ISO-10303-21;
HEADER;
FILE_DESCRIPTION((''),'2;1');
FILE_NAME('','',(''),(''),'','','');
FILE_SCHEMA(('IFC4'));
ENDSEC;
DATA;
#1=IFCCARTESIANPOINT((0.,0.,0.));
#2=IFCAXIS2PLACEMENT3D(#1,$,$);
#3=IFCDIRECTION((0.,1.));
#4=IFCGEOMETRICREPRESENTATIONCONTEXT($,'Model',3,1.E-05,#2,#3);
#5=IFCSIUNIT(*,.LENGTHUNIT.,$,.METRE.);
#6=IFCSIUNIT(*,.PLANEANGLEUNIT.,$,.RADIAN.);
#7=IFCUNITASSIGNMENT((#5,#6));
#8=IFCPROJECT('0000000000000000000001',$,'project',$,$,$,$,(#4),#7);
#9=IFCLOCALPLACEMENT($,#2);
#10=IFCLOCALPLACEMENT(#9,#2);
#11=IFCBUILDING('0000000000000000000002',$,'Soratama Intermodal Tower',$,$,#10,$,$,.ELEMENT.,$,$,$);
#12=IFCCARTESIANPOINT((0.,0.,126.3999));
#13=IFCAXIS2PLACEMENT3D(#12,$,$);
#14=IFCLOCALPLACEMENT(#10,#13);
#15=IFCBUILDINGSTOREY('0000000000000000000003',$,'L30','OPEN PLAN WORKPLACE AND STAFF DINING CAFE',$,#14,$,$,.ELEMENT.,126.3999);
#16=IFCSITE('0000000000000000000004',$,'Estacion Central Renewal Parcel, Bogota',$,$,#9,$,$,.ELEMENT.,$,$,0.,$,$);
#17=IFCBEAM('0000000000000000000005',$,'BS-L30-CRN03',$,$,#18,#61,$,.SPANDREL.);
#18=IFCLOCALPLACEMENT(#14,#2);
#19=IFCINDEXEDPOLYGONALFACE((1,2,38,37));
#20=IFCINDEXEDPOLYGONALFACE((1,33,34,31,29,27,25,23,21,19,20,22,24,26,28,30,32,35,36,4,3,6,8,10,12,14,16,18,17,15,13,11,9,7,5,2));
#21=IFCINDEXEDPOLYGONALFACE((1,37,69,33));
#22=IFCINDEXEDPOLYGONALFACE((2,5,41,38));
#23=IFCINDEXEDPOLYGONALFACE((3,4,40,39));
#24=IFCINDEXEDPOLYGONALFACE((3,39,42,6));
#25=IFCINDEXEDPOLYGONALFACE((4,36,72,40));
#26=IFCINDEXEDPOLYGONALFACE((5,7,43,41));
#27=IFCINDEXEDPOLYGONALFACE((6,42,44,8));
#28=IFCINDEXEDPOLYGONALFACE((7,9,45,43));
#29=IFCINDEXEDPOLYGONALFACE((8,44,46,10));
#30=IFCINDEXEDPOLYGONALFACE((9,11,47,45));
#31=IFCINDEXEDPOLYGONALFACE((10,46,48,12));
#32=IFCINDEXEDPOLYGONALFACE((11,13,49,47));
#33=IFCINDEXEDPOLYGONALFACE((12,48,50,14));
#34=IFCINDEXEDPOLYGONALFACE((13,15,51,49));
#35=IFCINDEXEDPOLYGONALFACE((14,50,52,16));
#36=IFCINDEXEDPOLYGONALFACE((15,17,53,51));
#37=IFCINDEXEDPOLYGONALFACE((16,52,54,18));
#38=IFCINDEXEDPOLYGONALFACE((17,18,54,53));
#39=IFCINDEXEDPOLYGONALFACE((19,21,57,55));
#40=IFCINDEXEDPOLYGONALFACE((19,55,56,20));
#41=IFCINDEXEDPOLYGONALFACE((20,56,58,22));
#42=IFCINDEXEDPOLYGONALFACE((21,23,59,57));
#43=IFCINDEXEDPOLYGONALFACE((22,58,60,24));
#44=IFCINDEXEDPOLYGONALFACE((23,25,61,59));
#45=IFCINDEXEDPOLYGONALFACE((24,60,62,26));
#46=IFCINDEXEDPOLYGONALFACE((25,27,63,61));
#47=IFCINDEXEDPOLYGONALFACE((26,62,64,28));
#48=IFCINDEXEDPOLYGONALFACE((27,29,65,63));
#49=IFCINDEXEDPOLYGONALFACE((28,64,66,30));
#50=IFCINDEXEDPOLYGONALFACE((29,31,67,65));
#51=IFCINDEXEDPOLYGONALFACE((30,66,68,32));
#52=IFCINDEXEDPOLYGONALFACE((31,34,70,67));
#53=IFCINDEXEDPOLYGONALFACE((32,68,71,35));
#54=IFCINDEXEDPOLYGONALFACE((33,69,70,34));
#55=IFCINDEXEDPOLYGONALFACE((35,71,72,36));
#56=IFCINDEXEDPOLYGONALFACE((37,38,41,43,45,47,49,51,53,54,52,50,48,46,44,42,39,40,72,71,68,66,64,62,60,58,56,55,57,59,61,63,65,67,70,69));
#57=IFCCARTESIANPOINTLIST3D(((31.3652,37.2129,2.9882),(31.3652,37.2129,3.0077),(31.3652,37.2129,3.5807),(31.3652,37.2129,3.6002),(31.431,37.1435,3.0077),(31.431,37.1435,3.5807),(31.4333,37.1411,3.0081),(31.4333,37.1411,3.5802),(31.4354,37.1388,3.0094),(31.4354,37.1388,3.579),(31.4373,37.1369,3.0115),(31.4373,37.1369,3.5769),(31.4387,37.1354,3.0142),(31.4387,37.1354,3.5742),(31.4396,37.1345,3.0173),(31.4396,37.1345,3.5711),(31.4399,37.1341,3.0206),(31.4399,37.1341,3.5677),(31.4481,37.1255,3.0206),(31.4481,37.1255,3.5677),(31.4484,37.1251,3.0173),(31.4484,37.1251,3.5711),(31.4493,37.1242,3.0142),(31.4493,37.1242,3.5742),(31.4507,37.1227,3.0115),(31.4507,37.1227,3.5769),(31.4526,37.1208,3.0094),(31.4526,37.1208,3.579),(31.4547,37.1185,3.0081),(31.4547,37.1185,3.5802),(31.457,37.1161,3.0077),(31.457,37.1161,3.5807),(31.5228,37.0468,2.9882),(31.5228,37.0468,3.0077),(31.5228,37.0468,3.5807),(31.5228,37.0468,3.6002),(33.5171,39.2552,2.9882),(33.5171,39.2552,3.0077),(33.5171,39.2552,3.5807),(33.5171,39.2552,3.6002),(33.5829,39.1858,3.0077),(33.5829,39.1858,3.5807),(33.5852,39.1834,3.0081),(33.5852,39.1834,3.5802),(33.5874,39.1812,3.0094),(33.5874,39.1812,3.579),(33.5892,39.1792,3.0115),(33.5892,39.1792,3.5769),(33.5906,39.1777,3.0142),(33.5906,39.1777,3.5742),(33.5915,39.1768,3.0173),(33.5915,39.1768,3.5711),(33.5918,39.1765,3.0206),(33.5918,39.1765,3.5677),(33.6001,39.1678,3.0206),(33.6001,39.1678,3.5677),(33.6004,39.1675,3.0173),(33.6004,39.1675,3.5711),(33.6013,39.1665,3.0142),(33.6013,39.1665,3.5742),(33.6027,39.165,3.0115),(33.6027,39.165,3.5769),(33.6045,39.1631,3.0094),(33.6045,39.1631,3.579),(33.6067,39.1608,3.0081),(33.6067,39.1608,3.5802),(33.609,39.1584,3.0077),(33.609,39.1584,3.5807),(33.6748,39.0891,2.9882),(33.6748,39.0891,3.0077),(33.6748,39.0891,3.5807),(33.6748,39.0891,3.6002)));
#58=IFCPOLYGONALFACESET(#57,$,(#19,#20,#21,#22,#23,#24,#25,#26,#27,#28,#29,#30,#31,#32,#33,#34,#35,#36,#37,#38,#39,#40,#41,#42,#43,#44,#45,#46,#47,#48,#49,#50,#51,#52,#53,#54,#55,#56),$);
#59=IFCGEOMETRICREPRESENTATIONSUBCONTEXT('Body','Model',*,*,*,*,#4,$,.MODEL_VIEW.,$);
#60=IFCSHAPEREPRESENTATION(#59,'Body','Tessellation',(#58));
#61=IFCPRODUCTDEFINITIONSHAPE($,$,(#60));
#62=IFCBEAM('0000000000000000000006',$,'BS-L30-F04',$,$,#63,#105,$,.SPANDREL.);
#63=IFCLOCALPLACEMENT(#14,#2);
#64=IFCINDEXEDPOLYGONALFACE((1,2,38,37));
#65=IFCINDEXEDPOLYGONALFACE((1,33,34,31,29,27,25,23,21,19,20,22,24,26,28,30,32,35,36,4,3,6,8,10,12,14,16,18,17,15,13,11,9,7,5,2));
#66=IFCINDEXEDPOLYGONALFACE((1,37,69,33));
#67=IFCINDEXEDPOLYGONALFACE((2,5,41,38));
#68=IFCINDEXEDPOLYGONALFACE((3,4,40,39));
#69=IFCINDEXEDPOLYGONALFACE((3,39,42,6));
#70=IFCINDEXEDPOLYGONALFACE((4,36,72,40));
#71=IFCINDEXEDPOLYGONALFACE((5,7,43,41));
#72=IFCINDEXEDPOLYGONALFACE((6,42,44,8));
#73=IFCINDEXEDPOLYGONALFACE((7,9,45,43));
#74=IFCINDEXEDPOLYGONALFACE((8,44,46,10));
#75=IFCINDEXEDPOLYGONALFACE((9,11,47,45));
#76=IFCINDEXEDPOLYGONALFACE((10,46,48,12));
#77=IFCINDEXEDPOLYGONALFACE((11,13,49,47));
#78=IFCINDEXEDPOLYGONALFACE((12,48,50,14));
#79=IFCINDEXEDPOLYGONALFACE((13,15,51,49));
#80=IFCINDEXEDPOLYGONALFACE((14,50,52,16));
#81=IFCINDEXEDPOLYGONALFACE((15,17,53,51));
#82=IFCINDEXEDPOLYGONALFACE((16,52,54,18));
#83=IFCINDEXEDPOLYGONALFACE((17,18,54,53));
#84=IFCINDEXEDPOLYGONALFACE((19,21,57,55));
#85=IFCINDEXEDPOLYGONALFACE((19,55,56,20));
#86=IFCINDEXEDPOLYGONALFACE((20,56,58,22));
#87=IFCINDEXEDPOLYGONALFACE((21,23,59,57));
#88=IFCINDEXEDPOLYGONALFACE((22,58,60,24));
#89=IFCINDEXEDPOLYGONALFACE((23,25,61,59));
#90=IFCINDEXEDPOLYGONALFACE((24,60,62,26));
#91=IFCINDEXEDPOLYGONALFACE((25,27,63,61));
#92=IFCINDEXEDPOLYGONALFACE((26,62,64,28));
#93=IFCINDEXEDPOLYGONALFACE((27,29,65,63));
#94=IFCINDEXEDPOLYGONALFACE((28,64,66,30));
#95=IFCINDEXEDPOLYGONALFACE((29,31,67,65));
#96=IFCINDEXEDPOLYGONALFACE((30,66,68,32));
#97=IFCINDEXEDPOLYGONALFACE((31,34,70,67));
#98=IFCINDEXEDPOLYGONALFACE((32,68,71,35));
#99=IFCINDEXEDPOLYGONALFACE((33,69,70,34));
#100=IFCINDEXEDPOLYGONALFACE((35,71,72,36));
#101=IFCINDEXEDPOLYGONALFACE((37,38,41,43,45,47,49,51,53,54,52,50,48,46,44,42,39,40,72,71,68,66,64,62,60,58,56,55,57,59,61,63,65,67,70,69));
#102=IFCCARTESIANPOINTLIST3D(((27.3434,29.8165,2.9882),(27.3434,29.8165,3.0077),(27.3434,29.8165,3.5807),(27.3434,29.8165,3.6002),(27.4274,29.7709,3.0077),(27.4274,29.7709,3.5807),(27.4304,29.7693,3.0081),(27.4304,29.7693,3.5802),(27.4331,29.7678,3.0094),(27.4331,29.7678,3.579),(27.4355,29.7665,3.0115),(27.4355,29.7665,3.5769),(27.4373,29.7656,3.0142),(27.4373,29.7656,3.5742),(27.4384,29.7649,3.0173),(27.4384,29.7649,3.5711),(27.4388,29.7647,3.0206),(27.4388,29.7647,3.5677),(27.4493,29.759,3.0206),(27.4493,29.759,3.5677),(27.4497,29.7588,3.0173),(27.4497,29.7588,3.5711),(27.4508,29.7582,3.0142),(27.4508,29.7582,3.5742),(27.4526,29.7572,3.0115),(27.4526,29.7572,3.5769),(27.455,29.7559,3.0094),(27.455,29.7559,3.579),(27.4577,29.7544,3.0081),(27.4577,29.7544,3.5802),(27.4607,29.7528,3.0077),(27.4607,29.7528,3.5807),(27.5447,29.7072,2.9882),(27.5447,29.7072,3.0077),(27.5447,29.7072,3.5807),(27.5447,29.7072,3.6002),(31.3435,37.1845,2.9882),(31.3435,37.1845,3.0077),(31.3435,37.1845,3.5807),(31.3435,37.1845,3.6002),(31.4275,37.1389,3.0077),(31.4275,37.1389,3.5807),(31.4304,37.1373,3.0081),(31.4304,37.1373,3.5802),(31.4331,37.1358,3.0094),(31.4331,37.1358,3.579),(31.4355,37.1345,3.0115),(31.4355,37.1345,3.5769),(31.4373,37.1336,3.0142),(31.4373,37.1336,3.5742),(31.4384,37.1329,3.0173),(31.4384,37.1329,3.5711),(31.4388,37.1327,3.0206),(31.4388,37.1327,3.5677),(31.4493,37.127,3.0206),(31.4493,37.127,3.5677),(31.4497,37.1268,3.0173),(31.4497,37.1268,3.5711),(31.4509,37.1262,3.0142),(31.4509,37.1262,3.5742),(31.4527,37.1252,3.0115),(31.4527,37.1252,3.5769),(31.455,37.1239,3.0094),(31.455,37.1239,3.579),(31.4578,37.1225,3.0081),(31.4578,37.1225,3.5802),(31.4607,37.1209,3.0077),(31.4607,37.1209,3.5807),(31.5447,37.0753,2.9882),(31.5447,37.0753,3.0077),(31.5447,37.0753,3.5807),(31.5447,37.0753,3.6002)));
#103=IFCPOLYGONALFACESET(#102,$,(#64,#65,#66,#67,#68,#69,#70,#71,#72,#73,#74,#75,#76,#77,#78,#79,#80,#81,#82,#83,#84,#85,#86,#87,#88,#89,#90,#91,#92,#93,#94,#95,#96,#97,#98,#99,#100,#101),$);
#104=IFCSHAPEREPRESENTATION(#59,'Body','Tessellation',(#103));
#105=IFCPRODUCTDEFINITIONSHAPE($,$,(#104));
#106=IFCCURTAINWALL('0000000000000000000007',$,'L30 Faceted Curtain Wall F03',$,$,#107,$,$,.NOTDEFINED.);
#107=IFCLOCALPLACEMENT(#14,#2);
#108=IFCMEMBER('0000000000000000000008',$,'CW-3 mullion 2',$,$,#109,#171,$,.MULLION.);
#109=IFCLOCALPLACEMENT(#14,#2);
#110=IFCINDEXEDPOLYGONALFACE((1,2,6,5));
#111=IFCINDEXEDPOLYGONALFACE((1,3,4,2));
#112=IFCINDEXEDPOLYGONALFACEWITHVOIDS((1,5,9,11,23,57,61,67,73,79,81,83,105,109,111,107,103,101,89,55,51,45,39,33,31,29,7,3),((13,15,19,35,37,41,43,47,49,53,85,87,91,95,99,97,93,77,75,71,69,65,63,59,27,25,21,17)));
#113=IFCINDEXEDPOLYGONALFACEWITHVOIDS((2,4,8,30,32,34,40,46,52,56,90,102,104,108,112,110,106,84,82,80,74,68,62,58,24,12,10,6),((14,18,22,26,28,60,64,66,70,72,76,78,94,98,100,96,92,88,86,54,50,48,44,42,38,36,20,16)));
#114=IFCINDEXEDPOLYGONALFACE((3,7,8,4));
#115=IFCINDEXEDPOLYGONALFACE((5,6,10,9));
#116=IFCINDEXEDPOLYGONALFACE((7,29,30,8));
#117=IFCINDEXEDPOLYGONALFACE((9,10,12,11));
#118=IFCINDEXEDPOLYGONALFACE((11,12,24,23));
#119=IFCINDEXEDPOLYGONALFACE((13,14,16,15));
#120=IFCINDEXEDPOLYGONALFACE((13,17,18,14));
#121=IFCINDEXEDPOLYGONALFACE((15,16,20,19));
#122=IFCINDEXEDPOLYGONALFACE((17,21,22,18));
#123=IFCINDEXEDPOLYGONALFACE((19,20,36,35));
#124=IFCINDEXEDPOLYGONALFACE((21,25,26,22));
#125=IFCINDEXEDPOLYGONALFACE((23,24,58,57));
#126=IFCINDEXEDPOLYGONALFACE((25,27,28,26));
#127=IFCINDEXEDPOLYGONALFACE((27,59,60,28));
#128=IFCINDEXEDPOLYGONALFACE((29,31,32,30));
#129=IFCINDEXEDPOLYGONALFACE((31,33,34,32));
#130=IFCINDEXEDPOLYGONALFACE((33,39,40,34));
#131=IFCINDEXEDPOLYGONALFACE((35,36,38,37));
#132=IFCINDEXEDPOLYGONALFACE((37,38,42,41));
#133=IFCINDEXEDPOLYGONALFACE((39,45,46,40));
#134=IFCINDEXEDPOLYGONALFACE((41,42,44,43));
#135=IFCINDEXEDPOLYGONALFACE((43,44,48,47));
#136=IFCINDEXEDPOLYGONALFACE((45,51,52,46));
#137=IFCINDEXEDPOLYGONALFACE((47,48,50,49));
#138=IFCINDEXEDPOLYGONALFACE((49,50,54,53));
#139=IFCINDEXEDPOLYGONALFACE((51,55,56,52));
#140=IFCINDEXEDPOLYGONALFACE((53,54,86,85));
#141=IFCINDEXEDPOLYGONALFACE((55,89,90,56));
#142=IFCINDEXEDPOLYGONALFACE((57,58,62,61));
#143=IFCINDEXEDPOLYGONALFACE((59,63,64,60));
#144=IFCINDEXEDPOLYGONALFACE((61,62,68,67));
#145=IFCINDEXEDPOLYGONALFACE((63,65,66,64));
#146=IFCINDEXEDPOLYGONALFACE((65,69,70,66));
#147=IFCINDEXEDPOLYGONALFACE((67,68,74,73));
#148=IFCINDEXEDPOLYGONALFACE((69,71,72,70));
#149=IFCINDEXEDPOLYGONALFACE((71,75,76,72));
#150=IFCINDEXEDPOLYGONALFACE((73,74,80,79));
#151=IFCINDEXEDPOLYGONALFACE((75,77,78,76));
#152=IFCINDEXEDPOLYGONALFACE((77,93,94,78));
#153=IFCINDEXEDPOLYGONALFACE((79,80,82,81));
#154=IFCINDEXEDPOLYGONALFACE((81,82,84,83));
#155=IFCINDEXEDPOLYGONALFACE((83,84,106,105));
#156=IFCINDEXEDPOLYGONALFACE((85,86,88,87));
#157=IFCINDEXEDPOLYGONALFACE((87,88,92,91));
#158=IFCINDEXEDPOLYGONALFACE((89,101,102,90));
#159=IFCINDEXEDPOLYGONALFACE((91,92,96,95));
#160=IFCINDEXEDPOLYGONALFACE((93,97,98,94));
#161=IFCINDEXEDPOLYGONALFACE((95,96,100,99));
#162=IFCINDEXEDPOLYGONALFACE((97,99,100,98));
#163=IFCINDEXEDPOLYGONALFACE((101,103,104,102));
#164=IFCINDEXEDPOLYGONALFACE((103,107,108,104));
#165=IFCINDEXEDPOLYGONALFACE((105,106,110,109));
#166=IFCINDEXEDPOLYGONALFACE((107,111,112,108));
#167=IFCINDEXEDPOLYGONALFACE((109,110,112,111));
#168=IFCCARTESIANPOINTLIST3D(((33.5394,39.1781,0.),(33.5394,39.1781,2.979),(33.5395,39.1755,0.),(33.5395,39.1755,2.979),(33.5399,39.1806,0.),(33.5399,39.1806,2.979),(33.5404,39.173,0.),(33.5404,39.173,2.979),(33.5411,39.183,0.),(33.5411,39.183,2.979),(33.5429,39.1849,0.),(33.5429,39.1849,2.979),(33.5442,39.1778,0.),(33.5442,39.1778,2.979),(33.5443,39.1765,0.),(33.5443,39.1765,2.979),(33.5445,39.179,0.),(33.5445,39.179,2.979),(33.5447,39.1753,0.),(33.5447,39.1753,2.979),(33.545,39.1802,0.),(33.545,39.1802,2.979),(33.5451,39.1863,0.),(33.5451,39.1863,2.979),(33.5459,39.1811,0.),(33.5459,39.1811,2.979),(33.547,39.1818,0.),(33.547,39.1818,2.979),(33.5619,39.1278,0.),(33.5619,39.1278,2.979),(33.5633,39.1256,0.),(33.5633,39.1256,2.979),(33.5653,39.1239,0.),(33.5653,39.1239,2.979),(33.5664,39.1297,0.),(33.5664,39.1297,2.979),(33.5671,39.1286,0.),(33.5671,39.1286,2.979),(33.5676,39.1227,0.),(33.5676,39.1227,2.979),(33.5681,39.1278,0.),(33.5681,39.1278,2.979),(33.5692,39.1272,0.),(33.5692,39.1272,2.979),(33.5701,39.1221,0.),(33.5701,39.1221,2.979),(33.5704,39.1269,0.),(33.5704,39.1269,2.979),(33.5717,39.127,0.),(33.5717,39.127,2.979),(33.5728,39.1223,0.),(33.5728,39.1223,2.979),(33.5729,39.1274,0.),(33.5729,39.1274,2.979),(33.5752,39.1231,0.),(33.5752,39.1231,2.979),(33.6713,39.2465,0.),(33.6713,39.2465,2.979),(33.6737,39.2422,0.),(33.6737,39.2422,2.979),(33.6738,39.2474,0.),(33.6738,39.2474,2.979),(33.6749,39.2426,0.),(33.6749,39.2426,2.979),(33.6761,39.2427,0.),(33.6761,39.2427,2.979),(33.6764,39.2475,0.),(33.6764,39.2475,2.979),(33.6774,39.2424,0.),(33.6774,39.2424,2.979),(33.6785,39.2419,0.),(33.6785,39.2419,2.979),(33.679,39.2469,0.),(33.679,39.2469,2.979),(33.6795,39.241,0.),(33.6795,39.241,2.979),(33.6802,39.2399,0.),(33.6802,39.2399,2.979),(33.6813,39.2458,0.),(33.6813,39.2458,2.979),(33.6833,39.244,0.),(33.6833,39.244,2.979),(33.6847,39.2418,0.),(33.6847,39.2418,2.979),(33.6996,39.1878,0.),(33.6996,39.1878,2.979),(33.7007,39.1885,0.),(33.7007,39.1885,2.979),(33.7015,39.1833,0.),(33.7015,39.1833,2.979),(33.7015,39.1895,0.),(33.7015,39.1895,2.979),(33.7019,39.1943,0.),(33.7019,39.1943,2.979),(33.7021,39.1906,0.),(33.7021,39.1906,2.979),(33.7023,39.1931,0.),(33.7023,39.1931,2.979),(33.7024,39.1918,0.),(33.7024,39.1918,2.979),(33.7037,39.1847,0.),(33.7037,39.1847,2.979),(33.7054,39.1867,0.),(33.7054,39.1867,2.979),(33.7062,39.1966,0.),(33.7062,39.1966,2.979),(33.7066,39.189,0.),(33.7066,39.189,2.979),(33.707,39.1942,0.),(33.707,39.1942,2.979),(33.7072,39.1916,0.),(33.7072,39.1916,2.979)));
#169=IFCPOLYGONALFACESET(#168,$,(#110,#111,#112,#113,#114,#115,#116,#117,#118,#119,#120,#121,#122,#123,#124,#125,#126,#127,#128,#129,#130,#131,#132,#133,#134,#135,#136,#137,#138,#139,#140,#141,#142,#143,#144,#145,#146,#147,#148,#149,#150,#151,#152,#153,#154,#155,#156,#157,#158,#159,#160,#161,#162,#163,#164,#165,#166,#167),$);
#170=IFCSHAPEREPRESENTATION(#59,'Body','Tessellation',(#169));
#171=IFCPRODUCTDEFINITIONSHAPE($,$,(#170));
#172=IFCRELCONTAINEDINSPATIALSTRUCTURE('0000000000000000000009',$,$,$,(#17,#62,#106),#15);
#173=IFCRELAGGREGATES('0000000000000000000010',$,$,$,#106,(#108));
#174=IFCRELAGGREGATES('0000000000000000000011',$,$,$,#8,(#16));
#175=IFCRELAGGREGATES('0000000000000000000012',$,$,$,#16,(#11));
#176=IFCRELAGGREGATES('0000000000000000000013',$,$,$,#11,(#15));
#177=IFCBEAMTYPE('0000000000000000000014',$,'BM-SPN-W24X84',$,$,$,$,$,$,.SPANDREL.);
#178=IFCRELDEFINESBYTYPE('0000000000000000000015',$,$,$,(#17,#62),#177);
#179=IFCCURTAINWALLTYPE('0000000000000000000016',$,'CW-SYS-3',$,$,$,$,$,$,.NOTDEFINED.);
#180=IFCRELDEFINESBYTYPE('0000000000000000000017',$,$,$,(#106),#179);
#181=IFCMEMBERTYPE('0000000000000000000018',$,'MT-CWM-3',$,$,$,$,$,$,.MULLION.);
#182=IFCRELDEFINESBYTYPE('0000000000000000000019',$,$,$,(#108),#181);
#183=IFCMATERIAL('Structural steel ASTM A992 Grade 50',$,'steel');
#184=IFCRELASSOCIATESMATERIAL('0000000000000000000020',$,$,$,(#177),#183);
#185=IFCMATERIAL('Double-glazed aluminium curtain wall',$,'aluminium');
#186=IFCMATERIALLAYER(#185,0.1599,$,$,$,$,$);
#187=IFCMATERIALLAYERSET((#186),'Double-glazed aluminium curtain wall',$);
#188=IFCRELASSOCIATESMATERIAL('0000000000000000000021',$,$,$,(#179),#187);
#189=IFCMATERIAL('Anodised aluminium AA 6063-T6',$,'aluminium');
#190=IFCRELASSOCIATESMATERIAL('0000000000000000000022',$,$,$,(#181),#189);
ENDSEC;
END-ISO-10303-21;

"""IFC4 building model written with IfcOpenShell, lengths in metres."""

from ifc_helpers import new_model, si_unit, direction, frame, origin, origin_2d, place, context, subcontext, project, spatial, hollow_rectangle, i_section, extrude, material, layer, layer_set, material_profile, profile_set, type_object, element, aggregate, save


model = new_model("IFC4")

# Units and contexts
model_context = context("Model", 3, precision=1e-05, world=origin(), true_north=direction((0.0, 1.0)))
body_context = subcontext(model_context, "Body", "Model", "MODEL_VIEW")
ifc_project = project(units=[si_unit("LENGTHUNIT", "METRE"), si_unit("PLANEANGLEUNIT", "RADIAN")], contexts=[model_context])

# Site, building, storey
site_placement = place(None, origin())
site = spatial("IfcSite", under=ifc_project, at=site_placement, Name="Estacion Central Renewal Parcel, Bogota", CompositionType="ELEMENT", RefElevation=0.0)
building_placement = place(site_placement, origin())
building = spatial("IfcBuilding", under=site, at=building_placement, Name="Soratama Intermodal Tower", CompositionType="ELEMENT")
storey_placement = place(building_placement, frame((0.0, 0.0, 126.3999)))
storey = spatial("IfcBuildingStorey", under=building, at=storey_placement, Name="L30", Description="OPEN PLAN WORKPLACE AND STAFF DINING CAFE", CompositionType="ELEMENT", Elevation=126.3999)

# Beams
ifc_material_1 = material(Name="Structural steel ASTM A992 Grade 50", Category="steel")
ifc_material_profile_1 = material_profile(ifc_material_1, i_section(OverallWidth=0.229, OverallDepth=0.6121, WebThickness=0.012, FlangeThickness=0.0195, FilletRadius=0.0129, at=origin_2d()), Name="W24X84")
ifc_profile_set_1 = profile_set([ifc_material_profile_1], Name="Structural steel ASTM A992 Grade 50")
beam_type_1 = type_object("IfcBeamType", Name="BM-SPN-W24X84", PredefinedType="SPANDREL", material=ifc_profile_set_1)
beam_1_placement = place(storey_placement, frame((33.5959, 39.1721, 3.2942), z_axis=(-0.72534, -0.68839, 0.0), x_axis=(0.68839, -0.72534, 0.0)))
element("IfcBeam", 1, at=beam_1_placement, inside=storey, type_object=beam_type_1, Name="BS-L30-CRN03", PredefinedType="SPANDREL", context=body_context, shape_type="SweptSolid", body=[
    extrude(i_section(OverallWidth=0.229, OverallDepth=0.6121, WebThickness=0.012, FlangeThickness=0.0195, FilletRadius=0.0129, at=origin_2d()), origin(), (0.0, 0.0, 1.0), 2.9668),
])
beam_2_placement = place(storey_placement, frame((31.4441, 37.1299, 3.2942), z_axis=(-0.477117, -0.87884, 0.0), x_axis=(0.87884, -0.477117, 0.0)))
element("IfcBeam", 2, at=beam_2_placement, inside=storey, type_object=beam_type_1, Name="BS-L30-F04", PredefinedType="SPANDREL", context=body_context, shape_type="SweptSolid", body=[
    extrude(i_section(OverallWidth=0.229, OverallDepth=0.6121, WebThickness=0.012, FlangeThickness=0.0195, FilletRadius=0.0129, at=origin_2d()), origin(), (0.0, 0.0, 1.0), 8.3838),
])

# Curtain wall, member
ifc_material_2 = material(Name="Double-glazed aluminium curtain wall", Category="aluminium")
ifc_layer_1 = layer(ifc_material_2, 0.1599)
ifc_layer_set_1 = layer_set([ifc_layer_1], Name="Double-glazed aluminium curtain wall")
curtain_wall_type = type_object("IfcCurtainWallType", Name="CW-SYS-3", PredefinedType="NOTDEFINED", material=ifc_layer_set_1)
curtain_wall_1_placement = place(storey_placement, origin())
curtain_wall_1 = element("IfcCurtainWall", 3, at=curtain_wall_1_placement, inside=storey, type_object=curtain_wall_type, Name="L30 Faceted Curtain Wall F03", PredefinedType="NOTDEFINED")
ifc_material_3 = material(Name="Anodised aluminium AA 6063-T6", Category="aluminium")
ifc_material_profile_2 = material_profile(ifc_material_3, hollow_rectangle(XDim=0.0701, YDim=0.1599, WallThickness=0.0049, InnerFilletRadius=0.0049, OuterFilletRadius=0.01, at=origin_2d()), Name="CWM160X70X5")
ifc_profile_set_2 = profile_set([ifc_material_profile_2], Name="Anodised aluminium AA 6063-T6")
member_type_1 = type_object("IfcMemberType", Name="MT-CWM-3", PredefinedType="MULLION", material=ifc_profile_set_2)
member_1_placement = place(storey_placement, frame((33.6233, 39.1848, 0.0), z_axis=(0.0, 0.0, 1.0), x_axis=(0.430503, -0.902589, 0.0)))
member_1 = element("IfcMember", 4, at=member_1_placement, type_object=member_type_1, Name="CW-3 mullion 2", PredefinedType="MULLION", context=body_context, shape_type="SweptSolid", body=[
    extrude(hollow_rectangle(XDim=0.0701, YDim=0.1599, WallThickness=0.0049, InnerFilletRadius=0.0049, OuterFilletRadius=0.01, at=origin_2d()), origin(), (0.0, 0.0, 1.0), 2.979),
])
aggregate(curtain_wall_1, [member_1])

save(model, "model.ifc")
